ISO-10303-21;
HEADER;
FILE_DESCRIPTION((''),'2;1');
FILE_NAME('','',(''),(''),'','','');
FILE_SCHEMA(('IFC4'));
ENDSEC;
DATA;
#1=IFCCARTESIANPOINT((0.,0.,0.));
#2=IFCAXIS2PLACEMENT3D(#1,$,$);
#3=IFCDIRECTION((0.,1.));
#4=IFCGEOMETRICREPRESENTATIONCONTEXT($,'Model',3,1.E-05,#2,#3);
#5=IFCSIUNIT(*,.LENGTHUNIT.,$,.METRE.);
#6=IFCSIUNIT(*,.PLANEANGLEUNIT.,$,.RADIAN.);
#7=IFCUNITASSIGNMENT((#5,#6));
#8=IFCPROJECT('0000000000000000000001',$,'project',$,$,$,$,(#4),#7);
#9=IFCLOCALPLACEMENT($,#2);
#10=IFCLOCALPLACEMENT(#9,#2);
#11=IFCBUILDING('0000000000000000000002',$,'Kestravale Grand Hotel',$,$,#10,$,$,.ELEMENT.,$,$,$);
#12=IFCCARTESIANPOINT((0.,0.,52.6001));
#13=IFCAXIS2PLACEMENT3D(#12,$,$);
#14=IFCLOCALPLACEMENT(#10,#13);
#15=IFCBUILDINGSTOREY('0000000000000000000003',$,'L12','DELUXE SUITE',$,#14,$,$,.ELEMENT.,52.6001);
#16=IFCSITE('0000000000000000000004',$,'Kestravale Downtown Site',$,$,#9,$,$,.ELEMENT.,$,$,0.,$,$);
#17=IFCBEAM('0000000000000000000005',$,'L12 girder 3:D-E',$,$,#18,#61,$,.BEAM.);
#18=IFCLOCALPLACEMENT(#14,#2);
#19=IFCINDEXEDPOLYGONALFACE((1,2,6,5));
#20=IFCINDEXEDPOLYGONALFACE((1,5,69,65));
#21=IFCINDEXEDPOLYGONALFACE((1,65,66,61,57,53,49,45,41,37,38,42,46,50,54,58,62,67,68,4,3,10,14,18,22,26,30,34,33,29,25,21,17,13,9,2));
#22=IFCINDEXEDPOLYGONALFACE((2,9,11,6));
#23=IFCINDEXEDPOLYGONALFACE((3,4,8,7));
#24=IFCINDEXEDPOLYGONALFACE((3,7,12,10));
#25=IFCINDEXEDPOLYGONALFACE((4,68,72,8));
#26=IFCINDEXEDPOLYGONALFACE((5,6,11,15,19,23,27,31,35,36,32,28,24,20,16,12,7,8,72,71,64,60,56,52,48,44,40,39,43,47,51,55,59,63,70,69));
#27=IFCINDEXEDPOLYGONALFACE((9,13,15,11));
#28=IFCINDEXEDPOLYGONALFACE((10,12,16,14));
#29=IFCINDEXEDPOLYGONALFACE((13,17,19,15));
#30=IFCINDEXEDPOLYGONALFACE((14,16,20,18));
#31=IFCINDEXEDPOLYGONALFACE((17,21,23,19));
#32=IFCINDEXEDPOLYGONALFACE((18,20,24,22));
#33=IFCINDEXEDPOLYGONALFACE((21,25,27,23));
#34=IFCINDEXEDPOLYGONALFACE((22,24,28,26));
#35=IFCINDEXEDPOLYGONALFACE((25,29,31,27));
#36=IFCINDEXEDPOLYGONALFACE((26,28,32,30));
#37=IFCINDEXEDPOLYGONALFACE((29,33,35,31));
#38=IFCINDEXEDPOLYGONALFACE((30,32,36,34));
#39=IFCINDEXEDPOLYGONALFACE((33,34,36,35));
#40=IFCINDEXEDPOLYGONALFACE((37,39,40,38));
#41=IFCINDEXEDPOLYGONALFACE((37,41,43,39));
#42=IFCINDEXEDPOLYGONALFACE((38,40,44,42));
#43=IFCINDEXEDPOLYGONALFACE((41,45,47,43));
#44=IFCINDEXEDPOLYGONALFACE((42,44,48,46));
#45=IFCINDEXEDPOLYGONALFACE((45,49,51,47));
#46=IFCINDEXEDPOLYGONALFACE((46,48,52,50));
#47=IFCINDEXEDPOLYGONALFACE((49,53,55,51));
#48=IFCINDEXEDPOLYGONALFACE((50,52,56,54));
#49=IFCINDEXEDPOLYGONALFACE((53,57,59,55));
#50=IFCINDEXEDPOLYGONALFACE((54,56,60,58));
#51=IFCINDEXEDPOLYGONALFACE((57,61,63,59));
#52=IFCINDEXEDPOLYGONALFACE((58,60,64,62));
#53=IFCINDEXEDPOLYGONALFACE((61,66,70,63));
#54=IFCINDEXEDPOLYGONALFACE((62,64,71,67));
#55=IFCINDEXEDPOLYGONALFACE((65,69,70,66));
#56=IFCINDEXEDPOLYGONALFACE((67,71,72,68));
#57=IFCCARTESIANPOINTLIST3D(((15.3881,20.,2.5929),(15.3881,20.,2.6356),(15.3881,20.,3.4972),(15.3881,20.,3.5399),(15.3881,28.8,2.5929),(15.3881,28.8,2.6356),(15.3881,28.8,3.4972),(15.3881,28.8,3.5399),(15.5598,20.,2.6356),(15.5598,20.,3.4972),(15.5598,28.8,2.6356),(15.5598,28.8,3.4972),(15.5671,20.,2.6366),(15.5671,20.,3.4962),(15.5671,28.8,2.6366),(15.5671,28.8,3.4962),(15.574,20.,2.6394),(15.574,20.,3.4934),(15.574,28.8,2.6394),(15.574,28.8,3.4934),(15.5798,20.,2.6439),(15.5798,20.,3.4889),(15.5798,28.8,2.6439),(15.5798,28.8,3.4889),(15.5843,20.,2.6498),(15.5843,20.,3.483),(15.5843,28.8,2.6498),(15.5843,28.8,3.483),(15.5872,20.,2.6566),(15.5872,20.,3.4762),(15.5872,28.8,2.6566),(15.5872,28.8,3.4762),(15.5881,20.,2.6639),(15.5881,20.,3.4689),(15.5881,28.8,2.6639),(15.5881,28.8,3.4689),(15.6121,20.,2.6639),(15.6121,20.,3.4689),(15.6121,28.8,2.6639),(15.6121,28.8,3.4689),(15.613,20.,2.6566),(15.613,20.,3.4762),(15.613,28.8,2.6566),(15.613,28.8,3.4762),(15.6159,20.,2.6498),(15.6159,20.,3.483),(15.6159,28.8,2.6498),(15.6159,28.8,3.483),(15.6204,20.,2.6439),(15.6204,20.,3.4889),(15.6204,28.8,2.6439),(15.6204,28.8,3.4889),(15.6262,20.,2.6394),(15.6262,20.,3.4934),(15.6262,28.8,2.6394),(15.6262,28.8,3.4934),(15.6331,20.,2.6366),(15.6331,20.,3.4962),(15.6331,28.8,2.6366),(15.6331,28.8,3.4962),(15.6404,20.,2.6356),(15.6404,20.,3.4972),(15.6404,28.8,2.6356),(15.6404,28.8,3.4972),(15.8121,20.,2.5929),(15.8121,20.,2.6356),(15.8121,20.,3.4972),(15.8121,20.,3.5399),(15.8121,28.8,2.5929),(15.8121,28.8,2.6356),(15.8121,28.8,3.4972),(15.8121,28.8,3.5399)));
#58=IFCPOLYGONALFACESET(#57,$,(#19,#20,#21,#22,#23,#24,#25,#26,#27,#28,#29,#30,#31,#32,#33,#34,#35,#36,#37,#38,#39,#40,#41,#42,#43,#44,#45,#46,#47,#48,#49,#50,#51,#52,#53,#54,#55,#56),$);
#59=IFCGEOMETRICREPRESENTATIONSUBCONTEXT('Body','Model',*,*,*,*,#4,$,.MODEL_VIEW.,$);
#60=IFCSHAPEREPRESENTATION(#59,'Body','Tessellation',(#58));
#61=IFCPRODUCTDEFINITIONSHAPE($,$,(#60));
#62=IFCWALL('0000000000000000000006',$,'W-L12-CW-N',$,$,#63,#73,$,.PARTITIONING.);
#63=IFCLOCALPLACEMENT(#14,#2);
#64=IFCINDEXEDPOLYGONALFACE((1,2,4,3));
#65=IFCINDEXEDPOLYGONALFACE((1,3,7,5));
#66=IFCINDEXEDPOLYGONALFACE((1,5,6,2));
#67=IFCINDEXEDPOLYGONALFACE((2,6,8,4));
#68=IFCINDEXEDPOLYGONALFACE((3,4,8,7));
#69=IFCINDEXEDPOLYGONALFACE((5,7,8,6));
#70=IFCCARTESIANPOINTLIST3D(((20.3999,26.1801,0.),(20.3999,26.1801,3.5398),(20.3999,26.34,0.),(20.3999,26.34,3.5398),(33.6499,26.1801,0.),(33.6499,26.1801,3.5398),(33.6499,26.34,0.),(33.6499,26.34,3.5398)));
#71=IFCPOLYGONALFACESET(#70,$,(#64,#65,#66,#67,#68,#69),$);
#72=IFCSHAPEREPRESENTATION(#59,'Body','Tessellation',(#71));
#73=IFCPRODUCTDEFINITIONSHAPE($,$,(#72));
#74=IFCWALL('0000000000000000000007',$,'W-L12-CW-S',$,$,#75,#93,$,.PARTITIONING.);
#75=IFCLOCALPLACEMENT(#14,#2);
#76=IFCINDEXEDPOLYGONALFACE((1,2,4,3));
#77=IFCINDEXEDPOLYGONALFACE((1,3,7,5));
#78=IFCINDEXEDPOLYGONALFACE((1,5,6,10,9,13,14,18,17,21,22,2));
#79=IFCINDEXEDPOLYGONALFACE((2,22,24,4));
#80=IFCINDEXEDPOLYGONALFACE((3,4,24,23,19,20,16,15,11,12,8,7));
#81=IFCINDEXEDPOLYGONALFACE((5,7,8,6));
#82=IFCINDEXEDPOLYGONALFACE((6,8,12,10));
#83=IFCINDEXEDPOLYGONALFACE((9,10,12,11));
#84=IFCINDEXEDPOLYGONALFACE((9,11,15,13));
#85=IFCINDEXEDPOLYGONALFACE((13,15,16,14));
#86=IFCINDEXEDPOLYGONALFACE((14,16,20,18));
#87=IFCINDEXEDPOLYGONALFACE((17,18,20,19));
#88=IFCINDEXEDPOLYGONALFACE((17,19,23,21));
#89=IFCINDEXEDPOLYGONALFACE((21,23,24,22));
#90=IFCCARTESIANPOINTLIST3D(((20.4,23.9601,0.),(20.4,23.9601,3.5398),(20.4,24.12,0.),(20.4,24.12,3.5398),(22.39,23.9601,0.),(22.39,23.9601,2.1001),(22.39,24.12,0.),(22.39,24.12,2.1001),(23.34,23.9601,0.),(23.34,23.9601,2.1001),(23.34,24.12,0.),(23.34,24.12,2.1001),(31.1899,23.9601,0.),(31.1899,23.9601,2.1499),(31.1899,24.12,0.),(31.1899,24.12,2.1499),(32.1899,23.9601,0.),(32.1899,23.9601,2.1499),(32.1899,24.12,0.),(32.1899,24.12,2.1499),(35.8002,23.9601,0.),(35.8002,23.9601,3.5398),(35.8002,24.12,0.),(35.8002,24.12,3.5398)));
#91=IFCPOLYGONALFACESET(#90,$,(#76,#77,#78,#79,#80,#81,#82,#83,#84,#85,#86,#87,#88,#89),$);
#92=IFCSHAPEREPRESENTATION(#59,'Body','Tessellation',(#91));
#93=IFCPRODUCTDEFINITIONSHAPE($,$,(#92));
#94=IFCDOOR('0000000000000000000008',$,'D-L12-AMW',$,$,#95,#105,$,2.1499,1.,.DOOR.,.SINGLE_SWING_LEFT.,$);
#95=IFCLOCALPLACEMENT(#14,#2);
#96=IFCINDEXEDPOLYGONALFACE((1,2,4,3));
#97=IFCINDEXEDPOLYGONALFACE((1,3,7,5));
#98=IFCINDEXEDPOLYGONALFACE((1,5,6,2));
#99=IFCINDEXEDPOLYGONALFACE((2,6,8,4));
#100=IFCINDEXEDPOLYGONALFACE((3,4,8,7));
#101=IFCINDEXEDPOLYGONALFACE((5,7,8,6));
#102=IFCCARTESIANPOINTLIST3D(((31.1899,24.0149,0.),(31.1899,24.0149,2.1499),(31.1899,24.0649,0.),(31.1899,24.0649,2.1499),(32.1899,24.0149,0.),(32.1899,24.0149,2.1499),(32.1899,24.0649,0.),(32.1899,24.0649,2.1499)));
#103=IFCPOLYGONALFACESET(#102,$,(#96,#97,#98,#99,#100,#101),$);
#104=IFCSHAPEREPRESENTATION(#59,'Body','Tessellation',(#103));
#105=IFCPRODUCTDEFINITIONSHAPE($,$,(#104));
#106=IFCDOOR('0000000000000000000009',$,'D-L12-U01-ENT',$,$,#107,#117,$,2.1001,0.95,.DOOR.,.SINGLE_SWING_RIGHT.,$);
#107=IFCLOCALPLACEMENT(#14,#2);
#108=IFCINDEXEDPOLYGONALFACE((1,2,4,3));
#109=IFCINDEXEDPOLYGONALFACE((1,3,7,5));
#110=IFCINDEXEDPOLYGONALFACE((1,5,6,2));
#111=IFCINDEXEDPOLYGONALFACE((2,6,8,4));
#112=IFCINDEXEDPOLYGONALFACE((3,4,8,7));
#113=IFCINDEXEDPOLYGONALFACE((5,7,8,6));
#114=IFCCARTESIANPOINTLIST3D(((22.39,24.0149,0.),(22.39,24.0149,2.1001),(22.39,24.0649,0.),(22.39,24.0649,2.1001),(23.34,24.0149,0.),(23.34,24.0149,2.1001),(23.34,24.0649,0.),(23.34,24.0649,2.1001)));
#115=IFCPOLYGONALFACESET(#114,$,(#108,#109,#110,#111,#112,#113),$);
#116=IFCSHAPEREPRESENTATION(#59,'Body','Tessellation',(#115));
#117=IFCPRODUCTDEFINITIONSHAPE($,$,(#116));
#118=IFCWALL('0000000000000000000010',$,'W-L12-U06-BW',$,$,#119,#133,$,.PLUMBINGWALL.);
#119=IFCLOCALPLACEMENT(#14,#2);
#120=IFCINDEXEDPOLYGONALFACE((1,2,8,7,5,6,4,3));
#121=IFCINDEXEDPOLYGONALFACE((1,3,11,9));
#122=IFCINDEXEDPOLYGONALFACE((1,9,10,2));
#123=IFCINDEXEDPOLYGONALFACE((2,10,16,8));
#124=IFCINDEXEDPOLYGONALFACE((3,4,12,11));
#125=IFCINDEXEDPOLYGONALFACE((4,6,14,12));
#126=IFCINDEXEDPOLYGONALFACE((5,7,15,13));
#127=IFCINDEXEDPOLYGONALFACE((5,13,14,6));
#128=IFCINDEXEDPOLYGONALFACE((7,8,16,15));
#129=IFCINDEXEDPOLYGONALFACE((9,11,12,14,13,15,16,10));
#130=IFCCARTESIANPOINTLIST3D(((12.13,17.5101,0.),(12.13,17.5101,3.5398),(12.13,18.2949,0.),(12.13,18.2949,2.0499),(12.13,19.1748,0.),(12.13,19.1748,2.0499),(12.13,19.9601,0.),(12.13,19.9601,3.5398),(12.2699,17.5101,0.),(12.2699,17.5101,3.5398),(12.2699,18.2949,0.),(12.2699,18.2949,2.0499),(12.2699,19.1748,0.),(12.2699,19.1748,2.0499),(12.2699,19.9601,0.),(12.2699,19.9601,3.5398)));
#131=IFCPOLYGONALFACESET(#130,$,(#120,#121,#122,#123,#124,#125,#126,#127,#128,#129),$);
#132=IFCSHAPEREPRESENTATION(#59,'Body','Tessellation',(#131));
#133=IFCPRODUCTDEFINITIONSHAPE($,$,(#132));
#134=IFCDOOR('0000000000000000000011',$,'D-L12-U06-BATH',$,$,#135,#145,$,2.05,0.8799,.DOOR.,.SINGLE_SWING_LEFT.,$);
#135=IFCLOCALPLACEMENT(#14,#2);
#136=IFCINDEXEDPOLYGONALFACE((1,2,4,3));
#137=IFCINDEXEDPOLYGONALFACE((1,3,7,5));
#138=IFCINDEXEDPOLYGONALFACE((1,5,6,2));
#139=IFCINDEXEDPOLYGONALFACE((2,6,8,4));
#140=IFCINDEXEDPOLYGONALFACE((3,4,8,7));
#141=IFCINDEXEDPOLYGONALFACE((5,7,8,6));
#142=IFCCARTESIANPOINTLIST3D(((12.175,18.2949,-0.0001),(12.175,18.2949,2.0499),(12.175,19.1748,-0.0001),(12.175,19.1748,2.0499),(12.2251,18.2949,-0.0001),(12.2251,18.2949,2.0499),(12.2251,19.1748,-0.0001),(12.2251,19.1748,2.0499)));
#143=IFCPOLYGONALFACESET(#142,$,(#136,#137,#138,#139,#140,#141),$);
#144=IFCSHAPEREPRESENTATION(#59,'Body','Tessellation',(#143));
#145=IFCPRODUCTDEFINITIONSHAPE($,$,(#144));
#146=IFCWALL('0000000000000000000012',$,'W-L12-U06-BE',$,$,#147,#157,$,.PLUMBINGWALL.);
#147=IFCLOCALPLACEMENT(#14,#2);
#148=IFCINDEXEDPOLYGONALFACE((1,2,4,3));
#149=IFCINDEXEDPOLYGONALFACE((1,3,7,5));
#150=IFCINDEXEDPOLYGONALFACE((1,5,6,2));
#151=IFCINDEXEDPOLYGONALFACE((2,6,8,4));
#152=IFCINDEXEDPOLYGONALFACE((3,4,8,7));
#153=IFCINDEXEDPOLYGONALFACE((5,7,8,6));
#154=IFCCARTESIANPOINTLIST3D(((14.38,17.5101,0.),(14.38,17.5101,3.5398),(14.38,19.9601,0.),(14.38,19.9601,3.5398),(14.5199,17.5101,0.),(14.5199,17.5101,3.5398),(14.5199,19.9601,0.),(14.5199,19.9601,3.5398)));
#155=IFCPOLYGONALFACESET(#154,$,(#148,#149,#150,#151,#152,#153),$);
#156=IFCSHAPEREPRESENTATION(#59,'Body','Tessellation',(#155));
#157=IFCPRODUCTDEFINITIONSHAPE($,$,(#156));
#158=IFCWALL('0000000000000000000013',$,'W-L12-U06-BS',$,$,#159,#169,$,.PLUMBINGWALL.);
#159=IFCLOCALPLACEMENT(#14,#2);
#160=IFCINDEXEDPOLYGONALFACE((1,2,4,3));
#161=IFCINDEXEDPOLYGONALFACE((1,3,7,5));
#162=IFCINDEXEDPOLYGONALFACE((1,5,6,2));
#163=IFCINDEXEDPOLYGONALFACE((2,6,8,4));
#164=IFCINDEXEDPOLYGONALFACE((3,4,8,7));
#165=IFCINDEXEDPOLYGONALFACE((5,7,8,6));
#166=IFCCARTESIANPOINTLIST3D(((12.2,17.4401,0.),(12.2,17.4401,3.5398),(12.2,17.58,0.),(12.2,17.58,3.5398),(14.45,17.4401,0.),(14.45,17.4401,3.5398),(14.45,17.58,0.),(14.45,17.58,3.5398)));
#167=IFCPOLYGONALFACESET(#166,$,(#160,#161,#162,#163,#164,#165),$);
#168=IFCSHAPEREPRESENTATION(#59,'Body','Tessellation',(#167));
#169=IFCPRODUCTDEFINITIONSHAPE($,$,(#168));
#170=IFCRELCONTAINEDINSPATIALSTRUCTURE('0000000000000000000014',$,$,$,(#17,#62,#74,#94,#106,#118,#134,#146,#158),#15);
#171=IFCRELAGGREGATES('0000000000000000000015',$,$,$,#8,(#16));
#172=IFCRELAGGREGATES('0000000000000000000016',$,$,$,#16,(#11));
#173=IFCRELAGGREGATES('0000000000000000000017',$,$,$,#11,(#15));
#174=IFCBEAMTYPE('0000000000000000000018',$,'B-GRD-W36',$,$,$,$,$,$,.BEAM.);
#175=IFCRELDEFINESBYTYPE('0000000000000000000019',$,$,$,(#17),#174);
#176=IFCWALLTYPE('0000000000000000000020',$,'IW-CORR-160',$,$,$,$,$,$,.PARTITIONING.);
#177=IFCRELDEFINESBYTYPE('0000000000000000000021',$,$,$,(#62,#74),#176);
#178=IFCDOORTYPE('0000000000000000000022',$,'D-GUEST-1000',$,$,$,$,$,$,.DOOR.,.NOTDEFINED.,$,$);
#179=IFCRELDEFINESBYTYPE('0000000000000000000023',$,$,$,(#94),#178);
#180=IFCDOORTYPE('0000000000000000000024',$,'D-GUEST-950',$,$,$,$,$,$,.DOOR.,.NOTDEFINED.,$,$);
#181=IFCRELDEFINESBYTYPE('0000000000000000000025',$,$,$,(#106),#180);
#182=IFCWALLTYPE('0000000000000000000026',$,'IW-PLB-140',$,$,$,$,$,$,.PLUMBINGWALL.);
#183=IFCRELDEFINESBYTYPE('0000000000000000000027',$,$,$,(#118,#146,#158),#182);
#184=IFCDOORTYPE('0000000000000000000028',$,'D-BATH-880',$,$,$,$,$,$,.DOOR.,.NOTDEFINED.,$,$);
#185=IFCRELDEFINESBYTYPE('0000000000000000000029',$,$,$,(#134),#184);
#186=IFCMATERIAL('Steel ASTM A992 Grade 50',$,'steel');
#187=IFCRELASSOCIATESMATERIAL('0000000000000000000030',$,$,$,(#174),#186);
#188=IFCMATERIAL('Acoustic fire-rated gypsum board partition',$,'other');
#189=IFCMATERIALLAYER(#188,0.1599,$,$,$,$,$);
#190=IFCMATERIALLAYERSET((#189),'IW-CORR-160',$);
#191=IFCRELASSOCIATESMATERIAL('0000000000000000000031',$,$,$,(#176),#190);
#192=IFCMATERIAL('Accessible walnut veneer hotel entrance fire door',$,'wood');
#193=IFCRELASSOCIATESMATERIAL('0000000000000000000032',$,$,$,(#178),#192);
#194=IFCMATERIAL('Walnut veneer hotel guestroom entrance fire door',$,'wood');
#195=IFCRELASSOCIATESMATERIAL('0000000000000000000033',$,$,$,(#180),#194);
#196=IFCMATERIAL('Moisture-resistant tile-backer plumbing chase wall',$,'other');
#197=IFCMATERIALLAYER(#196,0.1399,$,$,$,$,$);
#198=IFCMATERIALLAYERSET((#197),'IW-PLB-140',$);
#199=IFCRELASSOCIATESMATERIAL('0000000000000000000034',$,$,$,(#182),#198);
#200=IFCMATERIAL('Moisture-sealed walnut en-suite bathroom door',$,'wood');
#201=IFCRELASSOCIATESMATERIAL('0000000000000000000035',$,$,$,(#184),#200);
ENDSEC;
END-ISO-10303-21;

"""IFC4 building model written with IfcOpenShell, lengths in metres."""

from ifc_helpers import new_model, si_unit, direction, frame, frame_2d, origin, origin_2d, place, context, subcontext, project, spatial, rectangle, i_section, extrude, material, layer, layer_set, material_profile, profile_set, type_object, element, fill, save


model = new_model("IFC4")

# Units and contexts
model_context = context("Model", 3, precision=1e-05, world=origin(), true_north=direction((0.0, 1.0)))
body_context = subcontext(model_context, "Body", "Model", "MODEL_VIEW")
ifc_project = project(units=[si_unit("LENGTHUNIT", "METRE"), si_unit("PLANEANGLEUNIT", "RADIAN")], contexts=[model_context])

# Site, building, storey
site_placement = place(None, origin())
site = spatial("IfcSite", under=ifc_project, at=site_placement, Name="Kestravale Downtown Site", CompositionType="ELEMENT", RefElevation=0.0)
building_placement = place(site_placement, origin())
building = spatial("IfcBuilding", under=site, at=building_placement, Name="Kestravale Grand Hotel", CompositionType="ELEMENT")
storey_placement = place(building_placement, frame((0.0, 0.0, 52.6001)))
storey = spatial("IfcBuildingStorey", under=building, at=storey_placement, Name="L12", Description="DELUXE SUITE", CompositionType="ELEMENT", Elevation=52.6001)

# Beam
ifc_material_1 = material(Name="Steel ASTM A992 Grade 50", Category="steel")
ifc_material_profile_1 = material_profile(ifc_material_1, i_section(OverallWidth=0.4241, OverallDepth=0.947, WebThickness=0.0239, FlangeThickness=0.0427, FilletRadius=0.0283, at=origin_2d()))
ifc_profile_set_1 = profile_set([ifc_material_profile_1], Name="Steel ASTM A992 Grade 50")
beam_type_1 = type_object("IfcBeamType", Name="B-GRD-W36", PredefinedType="BEAM", material=ifc_profile_set_1)
for number, where, z_axis, x_axis, name in (
    (1, (15.6001, 20.0, 3.0664), (0.0, 1.0, 0.0), (-1.0, 0.0, 0.0), "L12 girder 3:D-E"),
):
    element("IfcBeam", number, at=place(storey_placement, frame(where, z_axis=z_axis, x_axis=x_axis)), inside=storey, type_object=beam_type_1, Name=name, PredefinedType="BEAM", context=body_context, shape_type="SweptSolid", body=[
        extrude(i_section(OverallWidth=0.4241, OverallDepth=0.947, WebThickness=0.0239, FlangeThickness=0.0427, FilletRadius=0.0283, at=origin_2d()), origin(), (0.0, 0.0, 1.0), 8.8),
    ])

# Wall
ifc_material_2 = material(Name="Acoustic fire-rated gypsum board partition", Category="other")
ifc_layer_1 = layer(ifc_material_2, 0.1599)
ifc_layer_set_1 = layer_set([ifc_layer_1], Name="IW-CORR-160")
wall_type_1 = type_object("IfcWallType", Name="IW-CORR-160", PredefinedType="PARTITIONING", material=ifc_layer_set_1)
wall_1_placement = place(storey_placement, frame((20.3999, 26.26, 0.0), z_axis=(0.0, 0.0, 1.0), x_axis=(1.0, 0.0, 0.0)))
element("IfcWall", 2, at=wall_1_placement, inside=storey, type_object=wall_type_1, Name="W-L12-CW-N", PredefinedType="PARTITIONING", context=body_context, shape_type="SweptSolid", body=[
    extrude(rectangle(XDim=13.25, YDim=0.1599, at=frame_2d((6.625, 0.0))), origin(), (0.0, 0.0, 1.0), 3.5398),
])

# Wall, openings, doors
wall_2_placement = place(storey_placement, frame((20.3999, 24.04, 0.0), z_axis=(0.0, 0.0, 1.0), x_axis=(1.0, 0.0, 0.0)))
wall_2 = element("IfcWall", 3, at=wall_2_placement, inside=storey, type_object=wall_type_1, Name="W-L12-CW-S", PredefinedType="PARTITIONING", context=body_context, shape_type="SweptSolid", body=[
    extrude(rectangle(XDim=15.4001, YDim=0.1599, at=frame_2d((7.7002, 0.0))), origin(), (0.0, 0.0, 1.0), 3.5398),
])
opening_1_placement = place(wall_2_placement, frame((1.99, 0.0, 0.0)))
opening_1 = element("IfcOpeningElement", 4, at=opening_1_placement, cuts=wall_2, PredefinedType="OPENING", context=body_context, shape_type="SweptSolid", body=[
    extrude(rectangle(XDim=0.95, YDim=2.1001, at=frame_2d((0.4751, 1.05))), frame((0.0, 0.0898, 0.0), z_axis=(0.0, -1.0, 0.0), x_axis=(1.0, 0.0, 0.0)), (0.0, 0.0, 1.0), 0.1799),
])
opening_2_placement = place(wall_2_placement, frame((10.79, 0.0, 0.0)))
opening_2 = element("IfcOpeningElement", 5, at=opening_2_placement, cuts=wall_2, PredefinedType="OPENING", context=body_context, shape_type="SweptSolid", body=[
    extrude(rectangle(XDim=1.0, YDim=2.1499, at=frame_2d((0.5, 1.075))), frame((0.0, 0.0898, 0.0), z_axis=(0.0, -1.0, 0.0), x_axis=(1.0, 0.0, 0.0)), (0.0, 0.0, 1.0), 0.1799),
])
ifc_material_3 = material(Name="Accessible walnut veneer hotel entrance fire door", Category="wood")
door_type_1 = type_object("IfcDoorType", Name="D-GUEST-1000", OperationType="NOTDEFINED", PredefinedType="DOOR", material=ifc_material_3)
door_1_placement = place(opening_2_placement, origin())
door_1 = element("IfcDoor", 6, at=door_1_placement, inside=storey, type_object=door_type_1, Name="D-L12-AMW", OperationType="SINGLE_SWING_LEFT", OverallHeight=2.1499, OverallWidth=1.0, PredefinedType="DOOR", context=body_context, shape_type="SweptSolid", body=[
    extrude(rectangle(XDim=1.0, YDim=2.1499, at=frame_2d((0.5, 1.075))), frame((0.0, 0.0249, 0.0), z_axis=(0.0, -1.0, 0.0), x_axis=(1.0, 0.0, 0.0)), (0.0, 0.0, 1.0), 0.05),
])
fill(opening_2, door_1)
ifc_material_4 = material(Name="Walnut veneer hotel guestroom entrance fire door", Category="wood")
door_type_2 = type_object("IfcDoorType", Name="D-GUEST-950", OperationType="NOTDEFINED", PredefinedType="DOOR", material=ifc_material_4)
door_2_placement = place(opening_1_placement, origin())
door_2 = element("IfcDoor", 7, at=door_2_placement, inside=storey, type_object=door_type_2, Name="D-L12-U01-ENT", OperationType="SINGLE_SWING_RIGHT", OverallHeight=2.1001, OverallWidth=0.95, PredefinedType="DOOR", context=body_context, shape_type="SweptSolid", body=[
    extrude(rectangle(XDim=0.95, YDim=2.1001, at=frame_2d((0.4751, 1.05))), frame((0.0, 0.0249, 0.0), z_axis=(0.0, -1.0, 0.0), x_axis=(1.0, 0.0, 0.0)), (0.0, 0.0, 1.0), 0.05),
])
fill(opening_1, door_2)

# Wall, opening, door
ifc_material_5 = material(Name="Moisture-resistant tile-backer plumbing chase wall", Category="other")
ifc_layer_2 = layer(ifc_material_5, 0.1399)
ifc_layer_set_2 = layer_set([ifc_layer_2], Name="IW-PLB-140")
wall_type_2 = type_object("IfcWallType", Name="IW-PLB-140", PredefinedType="PLUMBINGWALL", material=ifc_layer_set_2)
wall_3_placement = place(storey_placement, frame((12.2, 17.51, 0.0), z_axis=(0.0, 0.0, 1.0), x_axis=(0.0, 1.0, 0.0)))
wall_3 = element("IfcWall", 8, at=wall_3_placement, inside=storey, type_object=wall_type_2, Name="W-L12-U06-BW", PredefinedType="PLUMBINGWALL", context=body_context, shape_type="SweptSolid", body=[
    extrude(rectangle(XDim=2.45, YDim=0.1399, at=frame_2d((1.2251, 0.0))), origin(), (0.0, 0.0, 1.0), 3.5398),
])
opening_3_placement = place(wall_3_placement, frame((0.7849, 0.0, 0.0)))
opening_3 = element("IfcOpeningElement", 9, at=opening_3_placement, cuts=wall_3, PredefinedType="OPENING", context=body_context, shape_type="SweptSolid", body=[
    extrude(rectangle(XDim=0.8799, YDim=2.05, at=frame_2d((0.4399, 1.0249))), frame((0.0, 0.0798, 0.0), z_axis=(0.0, -1.0, 0.0), x_axis=(1.0, 0.0, 0.0)), (0.0, 0.0, 1.0), 0.1599),
])
ifc_material_6 = material(Name="Moisture-sealed walnut en-suite bathroom door", Category="wood")
door_type_3 = type_object("IfcDoorType", Name="D-BATH-880", OperationType="NOTDEFINED", PredefinedType="DOOR", material=ifc_material_6)
door_3_placement = place(opening_3_placement, origin())
door_3 = element("IfcDoor", 10, at=door_3_placement, inside=storey, type_object=door_type_3, Name="D-L12-U06-BATH", OperationType="SINGLE_SWING_LEFT", OverallHeight=2.05, OverallWidth=0.8799, PredefinedType="DOOR", context=body_context, shape_type="SweptSolid", body=[
    extrude(rectangle(XDim=0.8799, YDim=2.05, at=frame_2d((0.4399, 1.0249))), frame((0.0, 0.0249, 0.0), z_axis=(0.0, -1.0, 0.0), x_axis=(1.0, 0.0, 0.0)), (0.0, 0.0, 1.0), 0.05),
])
fill(opening_3, door_3)

# Walls
wall_4_placement = place(storey_placement, frame((14.45, 17.51, 0.0), z_axis=(0.0, 0.0, 1.0), x_axis=(0.0, 1.0, 0.0)))
element("IfcWall", 11, at=wall_4_placement, inside=storey, type_object=wall_type_2, Name="W-L12-U06-BE", PredefinedType="PLUMBINGWALL", context=body_context, shape_type="SweptSolid", body=[
    extrude(rectangle(XDim=2.45, YDim=0.1399, at=frame_2d((1.2251, 0.0))), origin(), (0.0, 0.0, 1.0), 3.5398),
])
wall_5_placement = place(storey_placement, frame((12.2, 17.51, 0.0), z_axis=(0.0, 0.0, 1.0), x_axis=(1.0, 0.0, 0.0)))
element("IfcWall", 12, at=wall_5_placement, inside=storey, type_object=wall_type_2, Name="W-L12-U06-BS", PredefinedType="PLUMBINGWALL", context=body_context, shape_type="SweptSolid", body=[
    extrude(rectangle(XDim=2.25, YDim=0.1399, at=frame_2d((1.125, 0.0))), origin(), (0.0, 0.0, 1.0), 3.5398),
])

save(model, "model.ifc")
